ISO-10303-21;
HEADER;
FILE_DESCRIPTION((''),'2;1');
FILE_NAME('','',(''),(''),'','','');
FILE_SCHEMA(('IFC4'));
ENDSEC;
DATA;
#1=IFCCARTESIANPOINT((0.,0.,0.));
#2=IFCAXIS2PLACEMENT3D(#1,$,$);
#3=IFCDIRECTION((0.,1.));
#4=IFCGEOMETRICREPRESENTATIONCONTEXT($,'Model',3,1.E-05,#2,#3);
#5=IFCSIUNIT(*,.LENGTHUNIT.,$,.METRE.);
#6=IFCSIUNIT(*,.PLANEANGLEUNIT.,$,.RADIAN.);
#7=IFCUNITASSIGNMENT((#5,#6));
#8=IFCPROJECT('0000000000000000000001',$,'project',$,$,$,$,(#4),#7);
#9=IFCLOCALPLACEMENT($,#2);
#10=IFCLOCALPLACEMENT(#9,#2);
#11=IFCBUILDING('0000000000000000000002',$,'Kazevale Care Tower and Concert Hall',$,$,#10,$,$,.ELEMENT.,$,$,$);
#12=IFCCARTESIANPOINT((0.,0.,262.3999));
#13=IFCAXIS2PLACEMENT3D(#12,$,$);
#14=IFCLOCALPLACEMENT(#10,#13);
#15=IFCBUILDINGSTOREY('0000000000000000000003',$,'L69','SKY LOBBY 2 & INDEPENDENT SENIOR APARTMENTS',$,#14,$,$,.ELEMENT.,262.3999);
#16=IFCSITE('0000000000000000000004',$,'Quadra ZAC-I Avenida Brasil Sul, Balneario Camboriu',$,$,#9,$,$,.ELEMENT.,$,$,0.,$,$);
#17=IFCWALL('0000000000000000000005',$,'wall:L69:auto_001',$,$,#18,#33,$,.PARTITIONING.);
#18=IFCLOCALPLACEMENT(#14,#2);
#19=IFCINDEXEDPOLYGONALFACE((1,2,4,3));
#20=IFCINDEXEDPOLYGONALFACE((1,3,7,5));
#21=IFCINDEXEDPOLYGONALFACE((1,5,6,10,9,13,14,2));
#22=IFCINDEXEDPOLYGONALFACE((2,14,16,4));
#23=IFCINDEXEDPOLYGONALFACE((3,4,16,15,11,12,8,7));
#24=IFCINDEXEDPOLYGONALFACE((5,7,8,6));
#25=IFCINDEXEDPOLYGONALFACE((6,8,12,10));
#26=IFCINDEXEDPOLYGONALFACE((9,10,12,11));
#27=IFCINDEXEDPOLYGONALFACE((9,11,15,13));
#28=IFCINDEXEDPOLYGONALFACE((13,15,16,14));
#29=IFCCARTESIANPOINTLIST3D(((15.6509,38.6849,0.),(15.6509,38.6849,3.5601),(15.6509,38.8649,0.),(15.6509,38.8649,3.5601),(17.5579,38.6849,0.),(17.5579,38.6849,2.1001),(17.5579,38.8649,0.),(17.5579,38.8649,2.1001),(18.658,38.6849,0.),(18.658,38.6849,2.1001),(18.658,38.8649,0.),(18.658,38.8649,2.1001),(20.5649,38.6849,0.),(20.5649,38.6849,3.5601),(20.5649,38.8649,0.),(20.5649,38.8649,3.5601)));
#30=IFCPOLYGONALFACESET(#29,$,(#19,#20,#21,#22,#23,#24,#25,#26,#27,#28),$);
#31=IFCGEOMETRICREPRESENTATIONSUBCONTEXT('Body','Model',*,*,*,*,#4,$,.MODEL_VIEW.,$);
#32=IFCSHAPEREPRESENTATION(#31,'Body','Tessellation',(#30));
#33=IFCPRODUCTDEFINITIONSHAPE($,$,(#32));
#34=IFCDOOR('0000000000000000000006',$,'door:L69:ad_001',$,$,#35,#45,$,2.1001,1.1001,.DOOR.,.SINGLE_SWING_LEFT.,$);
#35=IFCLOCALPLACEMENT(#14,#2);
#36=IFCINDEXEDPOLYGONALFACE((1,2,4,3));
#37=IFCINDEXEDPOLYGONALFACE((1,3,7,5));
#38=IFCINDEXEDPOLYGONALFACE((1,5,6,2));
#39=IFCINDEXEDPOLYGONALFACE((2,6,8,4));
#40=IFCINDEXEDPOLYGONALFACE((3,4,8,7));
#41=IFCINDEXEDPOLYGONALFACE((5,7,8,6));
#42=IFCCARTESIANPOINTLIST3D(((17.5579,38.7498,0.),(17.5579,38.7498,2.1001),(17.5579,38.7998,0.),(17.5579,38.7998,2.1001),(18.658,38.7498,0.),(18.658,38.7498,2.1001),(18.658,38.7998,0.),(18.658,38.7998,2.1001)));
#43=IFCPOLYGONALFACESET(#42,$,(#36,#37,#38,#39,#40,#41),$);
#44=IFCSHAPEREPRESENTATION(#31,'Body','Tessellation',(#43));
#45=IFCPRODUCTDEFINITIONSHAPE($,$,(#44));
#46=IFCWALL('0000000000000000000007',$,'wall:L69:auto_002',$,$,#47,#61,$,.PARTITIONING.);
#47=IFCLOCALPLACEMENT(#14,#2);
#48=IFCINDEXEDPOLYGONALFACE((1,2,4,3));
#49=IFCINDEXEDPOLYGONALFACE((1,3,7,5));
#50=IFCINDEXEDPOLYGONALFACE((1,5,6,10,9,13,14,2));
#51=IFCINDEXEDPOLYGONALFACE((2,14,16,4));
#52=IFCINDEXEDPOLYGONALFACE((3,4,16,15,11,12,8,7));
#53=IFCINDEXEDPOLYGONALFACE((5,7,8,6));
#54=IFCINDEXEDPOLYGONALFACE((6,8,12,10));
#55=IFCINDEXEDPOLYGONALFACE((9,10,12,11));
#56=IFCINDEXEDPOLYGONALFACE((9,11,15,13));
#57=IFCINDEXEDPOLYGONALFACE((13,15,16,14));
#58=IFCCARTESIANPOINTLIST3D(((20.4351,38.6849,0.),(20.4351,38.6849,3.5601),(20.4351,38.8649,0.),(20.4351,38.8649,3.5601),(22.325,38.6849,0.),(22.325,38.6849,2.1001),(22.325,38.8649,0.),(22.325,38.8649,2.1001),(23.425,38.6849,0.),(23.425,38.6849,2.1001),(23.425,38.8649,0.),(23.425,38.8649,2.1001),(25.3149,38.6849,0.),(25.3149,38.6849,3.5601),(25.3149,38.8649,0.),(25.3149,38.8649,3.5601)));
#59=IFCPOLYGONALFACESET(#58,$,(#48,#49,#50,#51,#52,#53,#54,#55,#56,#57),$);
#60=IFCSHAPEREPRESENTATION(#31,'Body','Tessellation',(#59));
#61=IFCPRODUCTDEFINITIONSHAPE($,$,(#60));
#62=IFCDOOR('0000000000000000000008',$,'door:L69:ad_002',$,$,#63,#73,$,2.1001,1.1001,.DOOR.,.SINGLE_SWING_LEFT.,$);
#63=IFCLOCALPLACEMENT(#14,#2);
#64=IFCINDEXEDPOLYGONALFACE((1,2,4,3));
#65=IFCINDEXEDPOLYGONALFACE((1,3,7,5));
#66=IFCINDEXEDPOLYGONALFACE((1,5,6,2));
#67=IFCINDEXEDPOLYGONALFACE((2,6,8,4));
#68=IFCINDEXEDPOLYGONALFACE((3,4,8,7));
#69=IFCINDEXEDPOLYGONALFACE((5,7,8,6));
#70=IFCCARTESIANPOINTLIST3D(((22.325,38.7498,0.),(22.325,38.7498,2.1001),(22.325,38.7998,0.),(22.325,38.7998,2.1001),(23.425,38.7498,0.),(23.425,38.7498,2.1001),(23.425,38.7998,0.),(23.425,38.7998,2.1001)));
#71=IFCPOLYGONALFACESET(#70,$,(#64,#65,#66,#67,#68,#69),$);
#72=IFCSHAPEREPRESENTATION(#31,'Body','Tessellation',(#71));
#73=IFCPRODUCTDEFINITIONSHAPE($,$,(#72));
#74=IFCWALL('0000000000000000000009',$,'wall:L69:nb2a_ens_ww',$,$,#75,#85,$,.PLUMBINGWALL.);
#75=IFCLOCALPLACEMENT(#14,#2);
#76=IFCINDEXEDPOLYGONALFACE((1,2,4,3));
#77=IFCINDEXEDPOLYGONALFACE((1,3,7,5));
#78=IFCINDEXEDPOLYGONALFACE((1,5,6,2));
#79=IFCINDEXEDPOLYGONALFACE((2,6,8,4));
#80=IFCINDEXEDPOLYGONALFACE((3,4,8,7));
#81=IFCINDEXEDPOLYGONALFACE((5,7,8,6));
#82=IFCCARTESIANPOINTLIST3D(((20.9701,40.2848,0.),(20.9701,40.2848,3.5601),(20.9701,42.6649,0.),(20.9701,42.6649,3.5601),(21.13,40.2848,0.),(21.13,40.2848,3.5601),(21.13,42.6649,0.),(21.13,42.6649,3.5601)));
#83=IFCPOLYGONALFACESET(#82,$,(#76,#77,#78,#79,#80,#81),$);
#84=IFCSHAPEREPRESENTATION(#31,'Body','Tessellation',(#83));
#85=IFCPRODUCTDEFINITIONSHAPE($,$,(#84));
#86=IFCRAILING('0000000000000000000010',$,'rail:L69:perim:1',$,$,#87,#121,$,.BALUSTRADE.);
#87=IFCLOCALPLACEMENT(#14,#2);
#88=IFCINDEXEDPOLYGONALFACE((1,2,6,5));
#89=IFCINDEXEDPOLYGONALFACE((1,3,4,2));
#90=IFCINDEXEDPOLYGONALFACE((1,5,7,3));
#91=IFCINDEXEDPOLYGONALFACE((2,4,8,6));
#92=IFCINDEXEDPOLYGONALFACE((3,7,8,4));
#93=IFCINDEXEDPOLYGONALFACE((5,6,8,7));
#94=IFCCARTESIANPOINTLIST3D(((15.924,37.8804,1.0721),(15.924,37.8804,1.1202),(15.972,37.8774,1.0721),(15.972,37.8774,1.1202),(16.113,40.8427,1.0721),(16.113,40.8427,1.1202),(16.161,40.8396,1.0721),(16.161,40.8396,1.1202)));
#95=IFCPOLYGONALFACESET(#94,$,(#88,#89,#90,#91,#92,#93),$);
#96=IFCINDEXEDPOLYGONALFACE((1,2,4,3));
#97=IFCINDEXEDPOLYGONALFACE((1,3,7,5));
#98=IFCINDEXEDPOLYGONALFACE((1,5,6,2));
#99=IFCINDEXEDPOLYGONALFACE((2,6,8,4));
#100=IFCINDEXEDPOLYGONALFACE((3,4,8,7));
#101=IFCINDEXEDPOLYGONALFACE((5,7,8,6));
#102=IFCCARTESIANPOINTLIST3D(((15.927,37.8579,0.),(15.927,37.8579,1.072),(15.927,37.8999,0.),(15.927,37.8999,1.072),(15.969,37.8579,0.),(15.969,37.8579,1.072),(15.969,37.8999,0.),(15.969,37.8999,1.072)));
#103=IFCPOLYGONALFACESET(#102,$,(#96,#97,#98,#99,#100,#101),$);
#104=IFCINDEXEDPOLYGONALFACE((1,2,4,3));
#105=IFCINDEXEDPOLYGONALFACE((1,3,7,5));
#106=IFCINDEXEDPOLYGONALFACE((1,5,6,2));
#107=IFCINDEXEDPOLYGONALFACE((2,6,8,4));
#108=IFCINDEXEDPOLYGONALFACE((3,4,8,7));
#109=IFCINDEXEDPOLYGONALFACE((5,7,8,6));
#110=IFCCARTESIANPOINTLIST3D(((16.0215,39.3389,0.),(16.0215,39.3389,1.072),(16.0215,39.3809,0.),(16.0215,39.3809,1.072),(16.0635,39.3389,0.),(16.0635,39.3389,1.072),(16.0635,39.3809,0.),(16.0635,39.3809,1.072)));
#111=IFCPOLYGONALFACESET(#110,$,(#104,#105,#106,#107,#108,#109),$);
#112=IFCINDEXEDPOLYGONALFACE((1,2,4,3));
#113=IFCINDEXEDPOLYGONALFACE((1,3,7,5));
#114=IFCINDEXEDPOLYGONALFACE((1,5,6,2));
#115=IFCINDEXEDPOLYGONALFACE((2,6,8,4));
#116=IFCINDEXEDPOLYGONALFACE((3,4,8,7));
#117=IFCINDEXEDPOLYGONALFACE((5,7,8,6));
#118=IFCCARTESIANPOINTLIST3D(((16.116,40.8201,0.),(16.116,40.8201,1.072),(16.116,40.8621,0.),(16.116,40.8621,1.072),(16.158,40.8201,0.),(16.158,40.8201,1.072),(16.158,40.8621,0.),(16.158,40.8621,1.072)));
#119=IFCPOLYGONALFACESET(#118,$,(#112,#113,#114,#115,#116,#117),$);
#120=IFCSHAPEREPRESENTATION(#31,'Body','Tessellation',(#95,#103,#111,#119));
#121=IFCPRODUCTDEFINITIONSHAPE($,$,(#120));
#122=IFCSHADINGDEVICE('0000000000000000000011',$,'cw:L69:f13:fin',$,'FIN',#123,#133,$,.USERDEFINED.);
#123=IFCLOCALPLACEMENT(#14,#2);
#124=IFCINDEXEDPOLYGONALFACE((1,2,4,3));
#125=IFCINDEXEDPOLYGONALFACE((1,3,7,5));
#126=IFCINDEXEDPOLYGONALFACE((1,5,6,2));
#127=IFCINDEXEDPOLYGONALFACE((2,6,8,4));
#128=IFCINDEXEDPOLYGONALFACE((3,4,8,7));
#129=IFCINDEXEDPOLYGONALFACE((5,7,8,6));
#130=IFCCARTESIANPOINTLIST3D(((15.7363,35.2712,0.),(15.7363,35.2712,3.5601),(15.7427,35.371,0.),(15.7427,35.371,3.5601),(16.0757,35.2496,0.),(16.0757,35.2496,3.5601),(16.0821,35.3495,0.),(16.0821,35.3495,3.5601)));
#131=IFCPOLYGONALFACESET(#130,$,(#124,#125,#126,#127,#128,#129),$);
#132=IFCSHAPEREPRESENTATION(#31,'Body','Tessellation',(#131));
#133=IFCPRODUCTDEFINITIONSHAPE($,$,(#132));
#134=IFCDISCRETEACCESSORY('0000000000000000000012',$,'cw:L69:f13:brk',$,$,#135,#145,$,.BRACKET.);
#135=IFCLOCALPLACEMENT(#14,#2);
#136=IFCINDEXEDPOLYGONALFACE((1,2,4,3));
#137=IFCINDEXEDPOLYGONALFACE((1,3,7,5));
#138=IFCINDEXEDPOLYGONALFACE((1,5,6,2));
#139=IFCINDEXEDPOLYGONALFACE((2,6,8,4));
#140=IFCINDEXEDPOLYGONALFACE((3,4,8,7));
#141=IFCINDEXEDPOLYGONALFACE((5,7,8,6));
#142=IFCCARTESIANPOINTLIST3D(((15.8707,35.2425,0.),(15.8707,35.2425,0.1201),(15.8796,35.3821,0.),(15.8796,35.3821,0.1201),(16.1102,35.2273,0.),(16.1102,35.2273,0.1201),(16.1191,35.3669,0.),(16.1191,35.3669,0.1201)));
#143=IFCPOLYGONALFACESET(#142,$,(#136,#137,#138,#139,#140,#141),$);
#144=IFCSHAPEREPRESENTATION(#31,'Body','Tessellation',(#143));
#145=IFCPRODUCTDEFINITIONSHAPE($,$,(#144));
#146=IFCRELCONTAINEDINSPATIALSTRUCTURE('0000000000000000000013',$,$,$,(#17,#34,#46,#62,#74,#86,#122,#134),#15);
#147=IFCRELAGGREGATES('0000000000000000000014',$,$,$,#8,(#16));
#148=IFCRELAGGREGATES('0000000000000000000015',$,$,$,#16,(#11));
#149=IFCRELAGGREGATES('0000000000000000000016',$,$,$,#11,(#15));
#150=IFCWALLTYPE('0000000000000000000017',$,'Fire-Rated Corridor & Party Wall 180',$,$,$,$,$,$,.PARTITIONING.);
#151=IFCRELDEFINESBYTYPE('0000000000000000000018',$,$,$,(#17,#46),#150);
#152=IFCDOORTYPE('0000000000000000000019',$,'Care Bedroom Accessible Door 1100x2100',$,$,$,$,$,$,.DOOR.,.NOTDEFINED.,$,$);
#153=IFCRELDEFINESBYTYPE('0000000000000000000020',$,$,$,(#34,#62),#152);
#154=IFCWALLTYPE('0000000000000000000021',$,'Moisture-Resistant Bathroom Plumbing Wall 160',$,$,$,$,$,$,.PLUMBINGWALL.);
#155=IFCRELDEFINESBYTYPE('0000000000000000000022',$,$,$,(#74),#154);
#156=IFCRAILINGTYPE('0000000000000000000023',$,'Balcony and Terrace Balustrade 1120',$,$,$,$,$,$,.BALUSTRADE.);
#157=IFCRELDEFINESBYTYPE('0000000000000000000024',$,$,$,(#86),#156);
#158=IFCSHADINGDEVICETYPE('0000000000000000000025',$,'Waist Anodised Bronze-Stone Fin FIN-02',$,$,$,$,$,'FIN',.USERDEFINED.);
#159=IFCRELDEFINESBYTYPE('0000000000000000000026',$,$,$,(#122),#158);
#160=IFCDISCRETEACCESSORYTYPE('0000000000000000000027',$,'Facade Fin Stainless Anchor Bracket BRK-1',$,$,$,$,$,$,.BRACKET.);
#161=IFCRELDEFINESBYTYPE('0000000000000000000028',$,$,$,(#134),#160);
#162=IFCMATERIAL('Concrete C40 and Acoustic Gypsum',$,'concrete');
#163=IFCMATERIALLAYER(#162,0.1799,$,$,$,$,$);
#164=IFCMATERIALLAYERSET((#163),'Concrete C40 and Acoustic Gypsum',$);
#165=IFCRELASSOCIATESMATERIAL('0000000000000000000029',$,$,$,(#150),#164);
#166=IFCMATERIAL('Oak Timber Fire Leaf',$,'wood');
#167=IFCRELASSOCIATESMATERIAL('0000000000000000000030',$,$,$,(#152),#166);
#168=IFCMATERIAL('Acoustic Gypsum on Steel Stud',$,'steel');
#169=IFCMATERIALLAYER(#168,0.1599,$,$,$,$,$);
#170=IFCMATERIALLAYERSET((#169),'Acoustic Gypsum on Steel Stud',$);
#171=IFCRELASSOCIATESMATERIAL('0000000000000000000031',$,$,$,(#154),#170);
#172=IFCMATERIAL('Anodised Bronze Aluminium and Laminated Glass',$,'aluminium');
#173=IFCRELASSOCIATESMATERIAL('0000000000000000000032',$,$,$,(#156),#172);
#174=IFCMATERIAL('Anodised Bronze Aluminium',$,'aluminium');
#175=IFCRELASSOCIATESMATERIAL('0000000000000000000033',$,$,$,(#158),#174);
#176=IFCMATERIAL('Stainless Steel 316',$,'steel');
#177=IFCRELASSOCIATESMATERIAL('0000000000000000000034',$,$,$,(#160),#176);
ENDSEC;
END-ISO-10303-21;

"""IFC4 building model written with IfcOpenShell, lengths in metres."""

from ifc_helpers import new_model, si_unit, direction, frame, frame_2d, origin, origin_2d, place, context, subcontext, project, spatial, rectangle, extrude, material, layer, layer_set, type_object, element, fill, save


model = new_model("IFC4")

# Units and contexts
model_context = context("Model", 3, precision=1e-05, world=origin(), true_north=direction((0.0, 1.0)))
body_context = subcontext(model_context, "Body", "Model", "MODEL_VIEW")
ifc_project = project(units=[si_unit("LENGTHUNIT", "METRE"), si_unit("PLANEANGLEUNIT", "RADIAN")], contexts=[model_context])

# Site, building, storey
site_placement = place(None, origin())
site = spatial("IfcSite", under=ifc_project, at=site_placement, Name="Quadra ZAC-I Avenida Brasil Sul, Balneario Camboriu", CompositionType="ELEMENT", RefElevation=0.0)
building_placement = place(site_placement, origin())
building = spatial("IfcBuilding", under=site, at=building_placement, Name="Kazevale Care Tower and Concert Hall", CompositionType="ELEMENT")
storey_placement = place(building_placement, frame((0.0, 0.0, 262.3999)))
storey = spatial("IfcBuildingStorey", under=building, at=storey_placement, Name="L69", Description="SKY LOBBY 2 & INDEPENDENT SENIOR APARTMENTS", CompositionType="ELEMENT", Elevation=262.3999)

# Walls, openings, doors
ifc_material_1 = material(Name="Concrete C40 and Acoustic Gypsum", Category="concrete")
ifc_layer_1 = layer(ifc_material_1, 0.1799)
ifc_layer_set_1 = layer_set([ifc_layer_1], Name="Concrete C40 and Acoustic Gypsum")
wall_type_1 = type_object("IfcWallType", Name="Fire-Rated Corridor & Party Wall 180", PredefinedType="PARTITIONING", material=ifc_layer_set_1)
wall_1_placement = place(storey_placement, frame((15.6509, 38.7749, 0.0), z_axis=(0.0, 0.0, 1.0), x_axis=(1.0, 0.0, 0.0)))
wall_1 = element("IfcWall", 1, at=wall_1_placement, inside=storey, type_object=wall_type_1, Name="wall:L69:auto_001", PredefinedType="PARTITIONING", context=body_context, shape_type="SweptSolid", body=[
    extrude(rectangle(XDim=4.9141, YDim=0.1799, at=frame_2d((2.457, 0.0))), origin(), (0.0, 0.0, 1.0), 3.5601),
])
opening_1_placement = place(wall_1_placement, frame((1.907, 0.0, 0.0)))
opening_1 = element("IfcOpeningElement", 2, at=opening_1_placement, cuts=wall_1, PredefinedType="OPENING", context=body_context, shape_type="SweptSolid", body=[
    extrude(rectangle(XDim=1.1001, YDim=2.1001, at=frame_2d((0.55, 1.05))), frame((0.0, 0.0999, 0.0), z_axis=(0.0, -1.0, 0.0), x_axis=(1.0, 0.0, 0.0)), (0.0, 0.0, 1.0), 0.2),
])
ifc_material_2 = material(Name="Oak Timber Fire Leaf", Category="wood")
door_type = type_object("IfcDoorType", Name="Care Bedroom Accessible Door 1100x2100", OperationType="NOTDEFINED", PredefinedType="DOOR", material=ifc_material_2)
door_1_placement = place(opening_1_placement, origin())
door_1 = element("IfcDoor", 3, at=door_1_placement, inside=storey, type_object=door_type, Name="door:L69:ad_001", OperationType="SINGLE_SWING_LEFT", OverallHeight=2.1001, OverallWidth=1.1001, PredefinedType="DOOR", context=body_context, shape_type="SweptSolid", body=[
    extrude(rectangle(XDim=1.1001, YDim=2.1001, at=frame_2d((0.55, 1.05))), frame((0.0, 0.0249, 0.0), z_axis=(0.0, -1.0, 0.0), x_axis=(1.0, 0.0, 0.0)), (0.0, 0.0, 1.0), 0.05),
])
fill(opening_1, door_1)
wall_2_placement = place(storey_placement, frame((20.4351, 38.7749, 0.0), z_axis=(0.0, 0.0, 1.0), x_axis=(1.0, 0.0, 0.0)))
wall_2 = element("IfcWall", 4, at=wall_2_placement, inside=storey, type_object=wall_type_1, Name="wall:L69:auto_002", PredefinedType="PARTITIONING", context=body_context, shape_type="SweptSolid", body=[
    extrude(rectangle(XDim=4.8799, YDim=0.1799, at=frame_2d((2.4399, 0.0))), origin(), (0.0, 0.0, 1.0), 3.5601),
])
opening_2_placement = place(wall_2_placement, frame((1.8899, 0.0, 0.0)))
opening_2 = element("IfcOpeningElement", 5, at=opening_2_placement, cuts=wall_2, PredefinedType="OPENING", context=body_context, shape_type="SweptSolid", body=[
    extrude(rectangle(XDim=1.1001, YDim=2.1001, at=frame_2d((0.55, 1.05))), frame((0.0, 0.0999, 0.0), z_axis=(0.0, -1.0, 0.0), x_axis=(1.0, 0.0, 0.0)), (0.0, 0.0, 1.0), 0.2),
])
door_2_placement = place(opening_2_placement, origin())
door_2 = element("IfcDoor", 6, at=door_2_placement, inside=storey, type_object=door_type, Name="door:L69:ad_002", OperationType="SINGLE_SWING_LEFT", OverallHeight=2.1001, OverallWidth=1.1001, PredefinedType="DOOR", context=body_context, shape_type="SweptSolid", body=[
    extrude(rectangle(XDim=1.1001, YDim=2.1001, at=frame_2d((0.55, 1.05))), frame((0.0, 0.0249, 0.0), z_axis=(0.0, -1.0, 0.0), x_axis=(1.0, 0.0, 0.0)), (0.0, 0.0, 1.0), 0.05),
])
fill(opening_2, door_2)

# Wall
ifc_material_3 = material(Name="Acoustic Gypsum on Steel Stud", Category="steel")
ifc_layer_2 = layer(ifc_material_3, 0.1599)
ifc_layer_set_2 = layer_set([ifc_layer_2], Name="Acoustic Gypsum on Steel Stud")
wall_type_2 = type_object("IfcWallType", Name="Moisture-Resistant Bathroom Plumbing Wall 160", PredefinedType="PLUMBINGWALL", material=ifc_layer_set_2)
wall_3_placement = place(storey_placement, frame((21.05, 40.2849, 0.0), z_axis=(0.0, 0.0, 1.0), x_axis=(0.0, 1.0, 0.0)))
element("IfcWall", 7, at=wall_3_placement, inside=storey, type_object=wall_type_2, Name="wall:L69:nb2a_ens_ww", PredefinedType="PLUMBINGWALL", context=body_context, shape_type="SweptSolid", body=[
    extrude(rectangle(XDim=2.3801, YDim=0.1599, at=frame_2d((1.1899, 0.0))), origin(), (0.0, 0.0, 1.0), 3.5601),
])

# Railing
ifc_material_4 = material(Name="Anodised Bronze Aluminium and Laminated Glass", Category="aluminium")
railing_type = type_object("IfcRailingType", Name="Balcony and Terrace Balustrade 1120", PredefinedType="BALUSTRADE", material=ifc_material_4)
railing_placement = place(storey_placement, frame((15.948, 37.8789, 0.0)))
element("IfcRailing", 8, at=railing_placement, inside=storey, type_object=railing_type, Name="rail:L69:perim:1", PredefinedType="BALUSTRADE", context=body_context, shape_type="SweptSolid", body=[
    extrude(rectangle(XDim=0.0481, YDim=0.0481, at=origin_2d()), frame((0.0, 0.0, 1.0962), z_axis=(0.063664, 0.997971, 0.0), x_axis=(-0.997971, 0.063664, 0.0)), (0.0, 0.0, 1.0), 2.9683),
    extrude(rectangle(XDim=0.042, YDim=0.042, at=origin_2d()), origin(), (0.0, 0.0, 1.0), 1.072),
    extrude(rectangle(XDim=0.042, YDim=0.042, at=origin_2d()), frame((0.0945, 1.481, 0.0)), (0.0, 0.0, 1.0), 1.072),
    extrude(rectangle(XDim=0.042, YDim=0.042, at=origin_2d()), frame((0.189, 2.9622, 0.0)), (0.0, 0.0, 1.0), 1.072),
])

# Shading device
ifc_material_5 = material(Name="Anodised Bronze Aluminium", Category="aluminium")
shading_device_type = type_object("IfcShadingDeviceType", Name="Waist Anodised Bronze-Stone Fin FIN-02", ElementType="FIN", PredefinedType="USERDEFINED", material=ifc_material_5)
shading_device_placement = place(storey_placement, frame((15.9092, 35.3103, 0.0), z_axis=(0.0, 0.0, 1.0), x_axis=(-0.997983, 0.063487, 0.0)))
element("IfcShadingDevice", 9, at=shading_device_placement, inside=storey, type_object=shading_device_type, Name="cw:L69:f13:fin", ObjectType="FIN", PredefinedType="USERDEFINED", context=body_context, shape_type="SweptSolid", body=[
    extrude(rectangle(XDim=0.3401, YDim=0.1001, at=origin_2d()), origin(), (0.0, 0.0, 1.0), 3.5601),
])

# Discrete accessory
ifc_material_6 = material(Name="Stainless Steel 316", Category="steel")
discrete_accessory_type = type_object("IfcDiscreteAccessoryType", Name="Facade Fin Stainless Anchor Bracket BRK-1", PredefinedType="BRACKET", material=ifc_material_6)
discrete_accessory_placement = place(storey_placement, frame((15.9949, 35.3047, 0.0), z_axis=(0.0, 0.0, 1.0), x_axis=(-0.997983, 0.063487, 0.0)))
element("IfcDiscreteAccessory", 10, at=discrete_accessory_placement, inside=storey, type_object=discrete_accessory_type, Name="cw:L69:f13:brk", PredefinedType="BRACKET", context=body_context, shape_type="SweptSolid", body=[
    extrude(rectangle(XDim=0.24, YDim=0.1399, at=origin_2d()), origin(), (0.0, 0.0, 1.0), 0.1201),
])

save(model, "model.ifc")
